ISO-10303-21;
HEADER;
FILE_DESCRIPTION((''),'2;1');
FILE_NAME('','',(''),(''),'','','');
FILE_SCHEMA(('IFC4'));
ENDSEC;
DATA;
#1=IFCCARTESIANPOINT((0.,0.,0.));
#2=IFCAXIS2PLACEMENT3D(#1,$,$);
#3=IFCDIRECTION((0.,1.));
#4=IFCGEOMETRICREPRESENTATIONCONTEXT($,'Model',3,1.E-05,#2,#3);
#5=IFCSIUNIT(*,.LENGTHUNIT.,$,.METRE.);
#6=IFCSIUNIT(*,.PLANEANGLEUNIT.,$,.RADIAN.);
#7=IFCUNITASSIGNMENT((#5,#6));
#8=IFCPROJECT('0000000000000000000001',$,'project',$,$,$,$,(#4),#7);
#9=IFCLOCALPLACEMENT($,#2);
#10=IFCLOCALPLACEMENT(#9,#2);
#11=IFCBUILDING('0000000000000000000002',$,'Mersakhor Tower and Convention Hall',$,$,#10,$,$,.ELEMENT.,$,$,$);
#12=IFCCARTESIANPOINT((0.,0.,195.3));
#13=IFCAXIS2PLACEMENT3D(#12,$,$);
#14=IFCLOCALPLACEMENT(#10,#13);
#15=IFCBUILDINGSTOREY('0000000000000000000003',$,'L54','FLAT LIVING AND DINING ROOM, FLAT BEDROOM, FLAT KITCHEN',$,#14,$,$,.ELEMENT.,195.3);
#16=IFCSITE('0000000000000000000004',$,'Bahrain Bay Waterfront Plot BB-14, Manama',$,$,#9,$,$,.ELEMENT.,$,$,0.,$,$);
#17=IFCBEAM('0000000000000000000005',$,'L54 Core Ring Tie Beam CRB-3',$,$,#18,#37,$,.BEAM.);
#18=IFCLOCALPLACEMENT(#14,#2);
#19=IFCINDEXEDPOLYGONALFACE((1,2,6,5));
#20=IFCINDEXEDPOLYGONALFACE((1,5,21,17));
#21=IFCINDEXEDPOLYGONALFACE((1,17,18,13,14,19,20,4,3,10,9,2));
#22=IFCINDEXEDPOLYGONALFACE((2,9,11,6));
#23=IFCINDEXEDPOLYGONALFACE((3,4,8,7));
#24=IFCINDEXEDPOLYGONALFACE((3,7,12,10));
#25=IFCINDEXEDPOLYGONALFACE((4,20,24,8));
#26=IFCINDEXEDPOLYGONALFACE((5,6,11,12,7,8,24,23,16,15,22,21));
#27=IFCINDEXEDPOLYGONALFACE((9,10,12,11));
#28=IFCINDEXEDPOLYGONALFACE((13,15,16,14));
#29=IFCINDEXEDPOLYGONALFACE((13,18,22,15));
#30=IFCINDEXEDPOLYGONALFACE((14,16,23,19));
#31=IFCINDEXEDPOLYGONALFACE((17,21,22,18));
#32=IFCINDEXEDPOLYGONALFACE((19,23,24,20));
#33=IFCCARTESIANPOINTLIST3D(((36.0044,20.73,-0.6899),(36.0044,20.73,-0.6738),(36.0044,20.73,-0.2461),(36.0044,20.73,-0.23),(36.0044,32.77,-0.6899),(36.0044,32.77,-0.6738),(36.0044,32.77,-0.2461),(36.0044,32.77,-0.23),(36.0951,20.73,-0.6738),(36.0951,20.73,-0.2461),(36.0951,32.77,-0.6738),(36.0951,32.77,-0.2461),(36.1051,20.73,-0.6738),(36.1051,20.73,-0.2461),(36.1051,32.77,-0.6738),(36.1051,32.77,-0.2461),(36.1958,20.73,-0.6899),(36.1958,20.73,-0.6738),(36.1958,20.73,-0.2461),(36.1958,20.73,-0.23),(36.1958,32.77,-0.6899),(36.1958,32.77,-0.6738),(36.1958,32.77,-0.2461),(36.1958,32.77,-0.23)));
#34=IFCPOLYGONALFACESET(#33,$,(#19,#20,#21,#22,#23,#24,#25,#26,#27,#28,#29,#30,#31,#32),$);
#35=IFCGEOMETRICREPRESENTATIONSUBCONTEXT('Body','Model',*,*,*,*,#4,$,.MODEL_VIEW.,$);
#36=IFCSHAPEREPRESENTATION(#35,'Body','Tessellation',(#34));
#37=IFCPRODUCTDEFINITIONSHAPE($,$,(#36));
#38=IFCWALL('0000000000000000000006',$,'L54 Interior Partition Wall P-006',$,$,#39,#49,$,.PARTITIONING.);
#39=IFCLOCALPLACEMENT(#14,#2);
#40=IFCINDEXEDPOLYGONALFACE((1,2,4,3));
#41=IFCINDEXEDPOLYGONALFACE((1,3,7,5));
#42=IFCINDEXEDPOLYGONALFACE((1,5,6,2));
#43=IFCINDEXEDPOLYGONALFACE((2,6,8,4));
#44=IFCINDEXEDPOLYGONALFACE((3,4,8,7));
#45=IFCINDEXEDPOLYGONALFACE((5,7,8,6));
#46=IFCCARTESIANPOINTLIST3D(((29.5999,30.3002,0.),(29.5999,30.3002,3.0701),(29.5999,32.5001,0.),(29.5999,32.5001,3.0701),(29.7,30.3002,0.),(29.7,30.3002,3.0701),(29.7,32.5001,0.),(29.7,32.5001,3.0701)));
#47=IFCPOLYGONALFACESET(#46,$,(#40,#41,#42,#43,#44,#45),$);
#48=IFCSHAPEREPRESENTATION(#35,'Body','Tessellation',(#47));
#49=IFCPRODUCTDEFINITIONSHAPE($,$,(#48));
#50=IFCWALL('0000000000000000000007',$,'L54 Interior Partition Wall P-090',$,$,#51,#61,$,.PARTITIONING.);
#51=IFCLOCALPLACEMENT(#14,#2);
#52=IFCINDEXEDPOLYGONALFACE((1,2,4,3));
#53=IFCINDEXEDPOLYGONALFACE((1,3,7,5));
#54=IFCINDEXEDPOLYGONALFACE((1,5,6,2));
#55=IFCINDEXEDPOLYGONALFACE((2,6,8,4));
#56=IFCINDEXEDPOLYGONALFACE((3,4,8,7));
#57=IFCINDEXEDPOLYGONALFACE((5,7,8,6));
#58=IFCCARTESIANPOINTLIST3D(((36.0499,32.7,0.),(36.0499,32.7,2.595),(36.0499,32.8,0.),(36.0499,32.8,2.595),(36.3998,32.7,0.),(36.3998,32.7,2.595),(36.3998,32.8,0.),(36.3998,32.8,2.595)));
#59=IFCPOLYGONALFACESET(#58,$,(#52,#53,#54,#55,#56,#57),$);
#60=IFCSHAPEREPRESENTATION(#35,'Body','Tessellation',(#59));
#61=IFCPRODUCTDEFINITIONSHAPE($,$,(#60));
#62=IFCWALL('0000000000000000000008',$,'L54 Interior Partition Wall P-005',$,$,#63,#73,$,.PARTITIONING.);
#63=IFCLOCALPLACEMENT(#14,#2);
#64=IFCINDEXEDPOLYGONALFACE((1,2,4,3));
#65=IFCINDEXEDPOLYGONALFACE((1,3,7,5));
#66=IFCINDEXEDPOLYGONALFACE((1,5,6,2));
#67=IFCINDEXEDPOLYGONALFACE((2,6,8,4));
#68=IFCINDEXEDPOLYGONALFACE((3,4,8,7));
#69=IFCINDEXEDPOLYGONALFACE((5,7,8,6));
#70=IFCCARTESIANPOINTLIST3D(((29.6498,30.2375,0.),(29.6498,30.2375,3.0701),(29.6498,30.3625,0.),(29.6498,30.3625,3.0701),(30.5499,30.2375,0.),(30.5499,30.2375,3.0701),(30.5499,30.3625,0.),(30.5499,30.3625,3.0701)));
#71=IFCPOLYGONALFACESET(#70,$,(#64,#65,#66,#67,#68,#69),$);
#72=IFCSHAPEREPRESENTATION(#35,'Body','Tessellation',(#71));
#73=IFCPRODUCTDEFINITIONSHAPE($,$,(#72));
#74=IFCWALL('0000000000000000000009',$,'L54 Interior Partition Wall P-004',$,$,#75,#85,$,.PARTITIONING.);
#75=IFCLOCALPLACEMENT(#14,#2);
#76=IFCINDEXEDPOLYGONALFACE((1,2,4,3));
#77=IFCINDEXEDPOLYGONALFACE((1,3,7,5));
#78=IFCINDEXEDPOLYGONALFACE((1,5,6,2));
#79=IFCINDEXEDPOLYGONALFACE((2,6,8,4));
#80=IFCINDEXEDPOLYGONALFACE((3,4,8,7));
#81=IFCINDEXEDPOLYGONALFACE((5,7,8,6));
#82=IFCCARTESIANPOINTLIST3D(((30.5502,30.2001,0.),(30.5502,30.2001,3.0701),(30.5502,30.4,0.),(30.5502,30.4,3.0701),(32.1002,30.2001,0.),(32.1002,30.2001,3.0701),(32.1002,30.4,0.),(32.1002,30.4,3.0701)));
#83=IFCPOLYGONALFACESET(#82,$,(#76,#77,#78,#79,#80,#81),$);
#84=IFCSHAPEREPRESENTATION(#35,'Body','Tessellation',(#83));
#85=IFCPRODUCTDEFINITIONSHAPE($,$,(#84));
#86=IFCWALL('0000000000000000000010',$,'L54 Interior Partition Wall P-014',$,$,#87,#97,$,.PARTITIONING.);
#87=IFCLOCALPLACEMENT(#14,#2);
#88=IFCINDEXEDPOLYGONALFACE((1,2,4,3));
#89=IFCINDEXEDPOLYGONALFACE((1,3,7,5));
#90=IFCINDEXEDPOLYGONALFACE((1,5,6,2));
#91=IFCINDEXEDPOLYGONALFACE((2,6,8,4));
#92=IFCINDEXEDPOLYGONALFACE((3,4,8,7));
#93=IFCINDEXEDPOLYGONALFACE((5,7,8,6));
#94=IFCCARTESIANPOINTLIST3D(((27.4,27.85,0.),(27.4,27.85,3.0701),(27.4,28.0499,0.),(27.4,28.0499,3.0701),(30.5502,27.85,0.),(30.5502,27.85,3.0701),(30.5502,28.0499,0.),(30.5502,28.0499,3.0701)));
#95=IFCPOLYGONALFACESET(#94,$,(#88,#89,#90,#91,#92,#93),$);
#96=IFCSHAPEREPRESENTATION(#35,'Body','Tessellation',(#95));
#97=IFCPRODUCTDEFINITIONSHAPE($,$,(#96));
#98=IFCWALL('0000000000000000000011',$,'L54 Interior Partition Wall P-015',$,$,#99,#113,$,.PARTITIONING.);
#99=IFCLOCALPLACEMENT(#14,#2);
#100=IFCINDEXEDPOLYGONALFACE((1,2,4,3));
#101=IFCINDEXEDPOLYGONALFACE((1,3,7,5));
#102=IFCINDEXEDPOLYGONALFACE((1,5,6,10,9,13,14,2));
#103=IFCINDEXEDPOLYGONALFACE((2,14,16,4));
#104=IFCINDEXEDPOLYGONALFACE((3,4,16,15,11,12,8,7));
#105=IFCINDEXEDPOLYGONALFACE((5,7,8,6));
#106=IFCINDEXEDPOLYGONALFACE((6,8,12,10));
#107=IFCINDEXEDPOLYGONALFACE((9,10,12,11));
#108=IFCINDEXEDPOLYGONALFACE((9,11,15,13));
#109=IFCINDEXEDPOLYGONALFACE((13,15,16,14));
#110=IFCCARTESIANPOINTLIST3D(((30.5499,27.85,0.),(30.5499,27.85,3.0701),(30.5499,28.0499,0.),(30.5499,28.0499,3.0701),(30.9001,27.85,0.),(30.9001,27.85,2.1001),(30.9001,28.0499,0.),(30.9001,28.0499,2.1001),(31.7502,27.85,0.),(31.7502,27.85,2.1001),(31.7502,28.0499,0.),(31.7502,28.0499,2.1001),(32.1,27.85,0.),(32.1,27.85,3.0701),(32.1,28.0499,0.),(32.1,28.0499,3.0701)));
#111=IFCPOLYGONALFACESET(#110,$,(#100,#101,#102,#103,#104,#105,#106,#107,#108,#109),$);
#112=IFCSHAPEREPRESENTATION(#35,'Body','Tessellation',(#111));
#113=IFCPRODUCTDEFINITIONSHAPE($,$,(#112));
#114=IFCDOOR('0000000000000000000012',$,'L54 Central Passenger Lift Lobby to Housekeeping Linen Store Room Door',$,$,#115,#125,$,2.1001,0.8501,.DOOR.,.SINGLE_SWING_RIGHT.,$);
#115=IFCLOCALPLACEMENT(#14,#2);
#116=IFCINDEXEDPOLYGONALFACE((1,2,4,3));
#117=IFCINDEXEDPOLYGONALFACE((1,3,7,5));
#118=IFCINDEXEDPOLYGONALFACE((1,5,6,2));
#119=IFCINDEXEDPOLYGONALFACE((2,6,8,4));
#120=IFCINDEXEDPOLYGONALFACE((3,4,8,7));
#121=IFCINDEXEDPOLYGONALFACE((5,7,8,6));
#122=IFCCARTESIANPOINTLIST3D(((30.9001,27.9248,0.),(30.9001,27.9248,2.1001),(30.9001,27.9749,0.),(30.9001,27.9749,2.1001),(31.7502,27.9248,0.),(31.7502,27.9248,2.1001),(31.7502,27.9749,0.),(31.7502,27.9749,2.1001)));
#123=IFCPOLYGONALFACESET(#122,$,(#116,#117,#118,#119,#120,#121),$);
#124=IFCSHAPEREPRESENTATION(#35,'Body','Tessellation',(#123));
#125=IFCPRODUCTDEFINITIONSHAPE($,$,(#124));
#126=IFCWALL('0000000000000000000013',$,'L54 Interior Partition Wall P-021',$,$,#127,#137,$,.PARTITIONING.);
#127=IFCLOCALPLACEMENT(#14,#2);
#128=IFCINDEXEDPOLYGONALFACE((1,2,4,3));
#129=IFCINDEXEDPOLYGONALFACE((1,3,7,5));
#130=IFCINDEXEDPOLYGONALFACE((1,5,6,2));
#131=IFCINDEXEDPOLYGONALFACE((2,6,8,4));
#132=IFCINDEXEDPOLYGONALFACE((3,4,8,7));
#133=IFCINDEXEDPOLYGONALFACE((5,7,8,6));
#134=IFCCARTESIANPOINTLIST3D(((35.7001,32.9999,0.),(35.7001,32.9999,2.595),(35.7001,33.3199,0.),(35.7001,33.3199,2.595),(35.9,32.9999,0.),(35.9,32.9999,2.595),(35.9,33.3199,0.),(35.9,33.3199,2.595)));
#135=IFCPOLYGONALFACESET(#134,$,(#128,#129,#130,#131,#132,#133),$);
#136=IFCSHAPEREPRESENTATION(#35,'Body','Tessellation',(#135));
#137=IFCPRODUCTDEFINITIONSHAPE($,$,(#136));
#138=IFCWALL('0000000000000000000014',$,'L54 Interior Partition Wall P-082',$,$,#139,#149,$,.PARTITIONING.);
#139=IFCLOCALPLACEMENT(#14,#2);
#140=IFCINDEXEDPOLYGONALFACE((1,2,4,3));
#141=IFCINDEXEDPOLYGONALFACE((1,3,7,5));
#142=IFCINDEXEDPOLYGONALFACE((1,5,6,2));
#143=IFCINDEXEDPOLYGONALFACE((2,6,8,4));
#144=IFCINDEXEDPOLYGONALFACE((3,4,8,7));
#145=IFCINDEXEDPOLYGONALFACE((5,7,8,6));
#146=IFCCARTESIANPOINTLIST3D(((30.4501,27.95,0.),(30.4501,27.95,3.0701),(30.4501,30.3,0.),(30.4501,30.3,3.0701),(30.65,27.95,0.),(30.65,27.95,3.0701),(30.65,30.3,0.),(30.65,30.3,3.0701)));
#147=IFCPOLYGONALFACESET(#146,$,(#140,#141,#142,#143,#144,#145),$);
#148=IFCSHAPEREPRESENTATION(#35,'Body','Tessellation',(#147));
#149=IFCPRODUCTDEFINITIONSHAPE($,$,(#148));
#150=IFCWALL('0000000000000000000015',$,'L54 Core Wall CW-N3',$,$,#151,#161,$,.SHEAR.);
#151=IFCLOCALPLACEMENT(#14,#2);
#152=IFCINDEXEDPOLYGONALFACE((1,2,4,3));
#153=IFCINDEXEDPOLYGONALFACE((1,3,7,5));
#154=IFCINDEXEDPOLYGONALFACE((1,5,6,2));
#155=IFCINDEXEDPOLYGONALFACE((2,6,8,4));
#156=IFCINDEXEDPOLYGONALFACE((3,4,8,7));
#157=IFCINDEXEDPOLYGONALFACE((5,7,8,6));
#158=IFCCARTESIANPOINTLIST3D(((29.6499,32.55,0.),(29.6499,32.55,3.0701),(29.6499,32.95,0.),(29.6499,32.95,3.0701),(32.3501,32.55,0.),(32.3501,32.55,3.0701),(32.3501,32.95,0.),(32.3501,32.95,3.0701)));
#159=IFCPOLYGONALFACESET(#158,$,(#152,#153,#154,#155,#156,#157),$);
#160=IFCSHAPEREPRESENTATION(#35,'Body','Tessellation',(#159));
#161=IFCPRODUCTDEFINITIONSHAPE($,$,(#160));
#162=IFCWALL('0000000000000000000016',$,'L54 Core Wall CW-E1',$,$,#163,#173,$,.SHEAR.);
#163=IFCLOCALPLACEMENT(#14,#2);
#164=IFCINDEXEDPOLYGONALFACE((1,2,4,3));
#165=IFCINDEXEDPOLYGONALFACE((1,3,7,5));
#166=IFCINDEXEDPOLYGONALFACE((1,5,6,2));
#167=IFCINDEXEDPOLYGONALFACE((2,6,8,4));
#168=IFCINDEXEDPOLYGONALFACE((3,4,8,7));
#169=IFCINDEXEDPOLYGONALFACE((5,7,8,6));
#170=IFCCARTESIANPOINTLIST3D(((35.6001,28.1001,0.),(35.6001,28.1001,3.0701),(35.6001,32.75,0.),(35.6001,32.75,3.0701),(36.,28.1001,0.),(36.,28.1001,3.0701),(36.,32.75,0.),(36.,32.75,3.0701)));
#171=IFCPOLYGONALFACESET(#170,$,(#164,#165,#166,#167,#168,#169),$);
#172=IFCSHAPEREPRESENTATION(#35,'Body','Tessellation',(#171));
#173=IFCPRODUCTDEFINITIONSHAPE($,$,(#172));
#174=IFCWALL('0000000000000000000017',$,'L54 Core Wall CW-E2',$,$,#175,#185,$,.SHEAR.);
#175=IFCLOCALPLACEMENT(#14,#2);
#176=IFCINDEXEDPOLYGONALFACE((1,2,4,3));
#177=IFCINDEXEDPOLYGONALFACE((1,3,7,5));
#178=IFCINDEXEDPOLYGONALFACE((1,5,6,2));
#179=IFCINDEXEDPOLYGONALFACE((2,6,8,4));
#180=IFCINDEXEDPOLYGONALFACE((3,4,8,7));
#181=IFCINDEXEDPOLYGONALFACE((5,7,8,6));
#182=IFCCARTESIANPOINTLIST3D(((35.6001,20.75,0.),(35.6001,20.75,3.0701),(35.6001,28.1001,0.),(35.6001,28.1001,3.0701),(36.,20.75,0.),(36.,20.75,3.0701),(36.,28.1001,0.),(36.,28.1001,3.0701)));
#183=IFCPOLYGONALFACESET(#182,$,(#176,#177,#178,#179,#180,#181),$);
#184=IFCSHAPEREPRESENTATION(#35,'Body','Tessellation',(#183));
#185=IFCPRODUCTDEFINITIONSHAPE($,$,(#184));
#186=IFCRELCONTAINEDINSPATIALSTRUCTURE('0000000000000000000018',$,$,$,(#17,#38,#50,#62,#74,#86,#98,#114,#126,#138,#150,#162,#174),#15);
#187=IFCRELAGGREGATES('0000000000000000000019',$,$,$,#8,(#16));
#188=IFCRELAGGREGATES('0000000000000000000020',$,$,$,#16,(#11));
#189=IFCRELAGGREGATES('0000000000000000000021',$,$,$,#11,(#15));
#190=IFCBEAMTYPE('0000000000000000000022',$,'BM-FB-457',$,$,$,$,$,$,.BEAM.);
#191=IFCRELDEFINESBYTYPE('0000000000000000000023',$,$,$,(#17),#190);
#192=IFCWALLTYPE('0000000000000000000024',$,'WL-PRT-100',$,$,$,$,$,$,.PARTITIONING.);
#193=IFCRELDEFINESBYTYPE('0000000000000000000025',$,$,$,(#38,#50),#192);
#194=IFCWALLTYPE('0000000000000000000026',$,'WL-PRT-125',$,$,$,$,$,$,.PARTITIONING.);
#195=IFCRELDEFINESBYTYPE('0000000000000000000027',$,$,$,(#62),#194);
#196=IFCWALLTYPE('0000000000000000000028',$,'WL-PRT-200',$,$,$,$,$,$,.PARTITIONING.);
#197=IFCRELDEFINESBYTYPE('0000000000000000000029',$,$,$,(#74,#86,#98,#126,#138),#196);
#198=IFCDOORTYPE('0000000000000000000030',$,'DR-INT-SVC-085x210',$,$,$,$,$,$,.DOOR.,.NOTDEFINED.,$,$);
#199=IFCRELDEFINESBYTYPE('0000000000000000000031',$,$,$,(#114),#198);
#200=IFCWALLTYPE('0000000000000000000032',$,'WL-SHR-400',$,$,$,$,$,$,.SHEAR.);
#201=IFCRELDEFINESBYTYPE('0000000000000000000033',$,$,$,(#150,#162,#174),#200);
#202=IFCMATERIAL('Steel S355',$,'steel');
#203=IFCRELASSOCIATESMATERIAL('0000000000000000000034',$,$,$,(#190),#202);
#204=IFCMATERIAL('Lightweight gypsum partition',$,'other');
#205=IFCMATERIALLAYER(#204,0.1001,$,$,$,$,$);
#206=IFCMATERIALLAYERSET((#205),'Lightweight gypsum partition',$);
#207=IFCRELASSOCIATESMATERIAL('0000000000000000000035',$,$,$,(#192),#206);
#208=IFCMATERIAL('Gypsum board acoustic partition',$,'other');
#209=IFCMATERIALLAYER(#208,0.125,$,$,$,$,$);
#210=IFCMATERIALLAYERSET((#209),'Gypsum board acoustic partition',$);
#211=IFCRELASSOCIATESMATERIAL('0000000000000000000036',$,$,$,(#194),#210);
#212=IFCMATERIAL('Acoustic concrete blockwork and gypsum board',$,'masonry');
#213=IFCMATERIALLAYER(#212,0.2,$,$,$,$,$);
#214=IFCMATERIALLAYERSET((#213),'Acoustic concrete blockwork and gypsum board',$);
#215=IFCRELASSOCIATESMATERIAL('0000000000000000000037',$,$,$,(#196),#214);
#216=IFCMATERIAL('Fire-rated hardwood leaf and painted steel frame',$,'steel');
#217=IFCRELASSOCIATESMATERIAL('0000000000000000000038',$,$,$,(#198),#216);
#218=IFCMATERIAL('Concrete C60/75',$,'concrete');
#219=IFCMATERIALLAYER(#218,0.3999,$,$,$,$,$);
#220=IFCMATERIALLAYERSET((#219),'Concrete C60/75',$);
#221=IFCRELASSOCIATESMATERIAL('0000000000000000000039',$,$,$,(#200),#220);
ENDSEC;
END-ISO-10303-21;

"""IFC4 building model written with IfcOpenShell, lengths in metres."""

from ifc_helpers import new_model, si_unit, direction, frame, frame_2d, origin, origin_2d, place, context, subcontext, project, spatial, rectangle, i_section, extrude, material, layer, layer_set, material_profile, profile_set, type_object, element, fill, save


model = new_model("IFC4")

# Units and contexts
model_context = context("Model", 3, precision=1e-05, world=origin(), true_north=direction((0.0, 1.0)))
body_context = subcontext(model_context, "Body", "Model", "MODEL_VIEW")
ifc_project = project(units=[si_unit("LENGTHUNIT", "METRE"), si_unit("PLANEANGLEUNIT", "RADIAN")], contexts=[model_context])

# Site, building, storey
site_placement = place(None, origin())
site = spatial("IfcSite", under=ifc_project, at=site_placement, Name="Bahrain Bay Waterfront Plot BB-14, Manama", CompositionType="ELEMENT", RefElevation=0.0)
building_placement = place(site_placement, origin())
building = spatial("IfcBuilding", under=site, at=building_placement, Name="Mersakhor Tower and Convention Hall", CompositionType="ELEMENT")
storey_placement = place(building_placement, frame((0.0, 0.0, 195.3)))
storey = spatial("IfcBuildingStorey", under=building, at=storey_placement, Name="L54", Description="FLAT LIVING AND DINING ROOM, FLAT BEDROOM, FLAT KITCHEN", CompositionType="ELEMENT", Elevation=195.3)

# Beam
ifc_material_1 = material(Name="Steel S355", Category="steel")
ifc_material_profile = material_profile(ifc_material_1, i_section(OverallWidth=0.1914, OverallDepth=0.46, WebThickness=0.01, FlangeThickness=0.0161, at=origin_2d()), Name="UB 457x191x82")
ifc_profile_set = profile_set([ifc_material_profile], Name="Steel S355")
beam_type = type_object("IfcBeamType", Name="BM-FB-457", PredefinedType="BEAM", material=ifc_profile_set)
beam_placement = place(storey_placement, frame((36.1001, 32.77, -0.46), z_axis=(0.0, -1.0, 0.0), x_axis=(1.0, 0.0, 0.0)))
element("IfcBeam", 1, at=beam_placement, inside=storey, type_object=beam_type, Name="L54 Core Ring Tie Beam CRB-3", PredefinedType="BEAM", context=body_context, shape_type="SweptSolid", body=[
    extrude(i_section(OverallWidth=0.1914, OverallDepth=0.46, WebThickness=0.01, FlangeThickness=0.0161, at=origin_2d()), origin(), (0.0, 0.0, 1.0), 12.04),
])

# Walls
ifc_material_2 = material(Name="Lightweight gypsum partition", Category="other")
ifc_layer_1 = layer(ifc_material_2, 0.1001)
ifc_layer_set_1 = layer_set([ifc_layer_1], Name="Lightweight gypsum partition")
wall_type_1 = type_object("IfcWallType", Name="WL-PRT-100", PredefinedType="PARTITIONING", material=ifc_layer_set_1)
wall_1_placement = place(storey_placement, frame((29.6499, 30.3, 0.0), z_axis=(0.0, 0.0, 1.0), x_axis=(0.0, 1.0, 0.0)))
element("IfcWall", 2, at=wall_1_placement, inside=storey, type_object=wall_type_1, Name="L54 Interior Partition Wall P-006", PredefinedType="PARTITIONING", context=body_context, shape_type="SweptSolid", body=[
    extrude(rectangle(XDim=2.2, YDim=0.1001, at=frame_2d((1.1001, 0.0))), origin(), (0.0, 0.0, 1.0), 3.0701),
])
wall_2_placement = place(storey_placement, frame((36.05, 32.75, 0.0), z_axis=(0.0, 0.0, 1.0), x_axis=(1.0, 0.0, 0.0)))
element("IfcWall", 3, at=wall_2_placement, inside=storey, type_object=wall_type_1, Name="L54 Interior Partition Wall P-090", PredefinedType="PARTITIONING", context=body_context, shape_type="SweptSolid", body=[
    extrude(rectangle(XDim=0.3499, YDim=0.1001, at=frame_2d((0.1748, 0.0))), origin(), (0.0, 0.0, 1.0), 2.595),
])
ifc_material_3 = material(Name="Gypsum board acoustic partition", Category="other")
ifc_layer_2 = layer(ifc_material_3, 0.125)
ifc_layer_set_2 = layer_set([ifc_layer_2], Name="Gypsum board acoustic partition")
wall_type_2 = type_object("IfcWallType", Name="WL-PRT-125", PredefinedType="PARTITIONING", material=ifc_layer_set_2)
wall_3_placement = place(storey_placement, frame((30.55, 30.3, 0.0), z_axis=(0.0, 0.0, 1.0), x_axis=(-1.0, 0.0, 0.0)))
element("IfcWall", 4, at=wall_3_placement, inside=storey, type_object=wall_type_2, Name="L54 Interior Partition Wall P-005", PredefinedType="PARTITIONING", context=body_context, shape_type="SweptSolid", body=[
    extrude(rectangle(XDim=0.9001, YDim=0.125, at=frame_2d((0.4502, 0.0))), origin(), (0.0, 0.0, 1.0), 3.0701),
])
ifc_material_4 = material(Name="Acoustic concrete blockwork and gypsum board", Category="masonry")
ifc_layer_3 = layer(ifc_material_4, 0.2)
ifc_layer_set_3 = layer_set([ifc_layer_3], Name="Acoustic concrete blockwork and gypsum board")
wall_type_3 = type_object("IfcWallType", Name="WL-PRT-200", PredefinedType="PARTITIONING", material=ifc_layer_set_3)
wall_4_placement = place(storey_placement, frame((32.1001, 30.3, 0.0), z_axis=(0.0, 0.0, 1.0), x_axis=(-1.0, 0.0, 0.0)))
element("IfcWall", 5, at=wall_4_placement, inside=storey, type_object=wall_type_3, Name="L54 Interior Partition Wall P-004", PredefinedType="PARTITIONING", context=body_context, shape_type="SweptSolid", body=[
    extrude(rectangle(XDim=1.55, YDim=0.2, at=frame_2d((0.7749, 0.0))), origin(), (0.0, 0.0, 1.0), 3.0701),
])

# Wall
wall_5_placement = place(storey_placement, frame((27.3999, 27.95, 0.0), z_axis=(0.0, 0.0, 1.0), x_axis=(1.0, 0.0, 0.0)))
element("IfcWall", 6, at=wall_5_placement, inside=storey, type_object=wall_type_3, Name="L54 Interior Partition Wall P-014", PredefinedType="PARTITIONING", context=body_context, shape_type="SweptSolid", body=[
    extrude(rectangle(XDim=3.1501, YDim=0.2, at=frame_2d((1.5752, 0.0))), origin(), (0.0, 0.0, 1.0), 3.0701),
])

# Wall, opening, door
wall_6_placement = place(storey_placement, frame((30.55, 27.95, 0.0), z_axis=(0.0, 0.0, 1.0), x_axis=(1.0, 0.0, 0.0)))
wall_6 = element("IfcWall", 7, at=wall_6_placement, inside=storey, type_object=wall_type_3, Name="L54 Interior Partition Wall P-015", PredefinedType="PARTITIONING", context=body_context, shape_type="SweptSolid", body=[
    extrude(rectangle(XDim=1.55, YDim=0.2, at=frame_2d((0.7749, 0.0))), origin(), (0.0, 0.0, 1.0), 3.0701),
])
opening_1_placement = place(wall_6_placement, frame((0.3501, 0.0, 0.0)))
opening_1 = element("IfcOpeningElement", 8, at=opening_1_placement, cuts=wall_6, PredefinedType="OPENING", context=body_context, shape_type="SweptSolid", body=[
    extrude(rectangle(XDim=0.8501, YDim=2.1001, at=frame_2d((0.425, 1.05))), frame((0.0, 0.1099, 0.0), z_axis=(0.0, -1.0, 0.0), x_axis=(1.0, 0.0, 0.0)), (0.0, 0.0, 1.0), 0.22),
])
ifc_material_5 = material(Name="Fire-rated hardwood leaf and painted steel frame", Category="steel")
door_type_1 = type_object("IfcDoorType", Name="DR-INT-SVC-085x210", OperationType="NOTDEFINED", PredefinedType="DOOR", material=ifc_material_5)
door_1_placement = place(opening_1_placement, origin())
door_1 = element("IfcDoor", 9, at=door_1_placement, inside=storey, type_object=door_type_1, Name="L54 Central Passenger Lift Lobby to Housekeeping Linen Store Room Door", OperationType="SINGLE_SWING_RIGHT", OverallHeight=2.1001, OverallWidth=0.8501, PredefinedType="DOOR", context=body_context, shape_type="SweptSolid", body=[
    extrude(rectangle(XDim=0.8501, YDim=2.1001, at=frame_2d((0.425, 1.05))), frame((0.0, 0.0249, 0.0), z_axis=(0.0, -1.0, 0.0), x_axis=(1.0, 0.0, 0.0)), (0.0, 0.0, 1.0), 0.05),
])
fill(opening_1, door_1)

# Walls
wall_7_placement = place(storey_placement, frame((35.8, 33.3201, 0.0), z_axis=(0.0, 0.0, 1.0), x_axis=(0.0, -1.0, 0.0)))
element("IfcWall", 10, at=wall_7_placement, inside=storey, type_object=wall_type_3, Name="L54 Interior Partition Wall P-021", PredefinedType="PARTITIONING", context=body_context, shape_type="SweptSolid", body=[
    extrude(rectangle(XDim=0.3201, YDim=0.2, at=frame_2d((0.1602, 0.0))), origin(), (0.0, 0.0, 1.0), 2.595),
])
wall_8_placement = place(storey_placement, frame((30.55, 30.3, 0.0), z_axis=(0.0, 0.0, 1.0), x_axis=(0.0, -1.0, 0.0)))
element("IfcWall", 11, at=wall_8_placement, inside=storey, type_object=wall_type_3, Name="L54 Interior Partition Wall P-082", PredefinedType="PARTITIONING", context=body_context, shape_type="SweptSolid", body=[
    extrude(rectangle(XDim=2.3501, YDim=0.2, at=frame_2d((1.175, 0.0))), origin(), (0.0, 0.0, 1.0), 3.0701),
])

# Shared definitions
ifc_material_6 = material(Name="Concrete C60/75", Category="concrete")
ifc_layer_4 = layer(ifc_material_6, 0.3999)
ifc_layer_set_4 = layer_set([ifc_layer_4], Name="Concrete C60/75")
wall_type_4 = type_object("IfcWallType", Name="WL-SHR-400", PredefinedType="SHEAR", material=ifc_layer_set_4)

# Wall
wall_9_placement = place(storey_placement, frame((29.6499, 32.75, 0.0), z_axis=(0.0, 0.0, 1.0), x_axis=(1.0, 0.0, 0.0)))
element("IfcWall", 12, at=wall_9_placement, inside=storey, type_object=wall_type_4, Name="L54 Core Wall CW-N3", PredefinedType="SHEAR", context=body_context, shape_type="SweptSolid", body=[
    extrude(rectangle(XDim=2.7002, YDim=0.3999, at=frame_2d((1.3501, 0.0))), origin(), (0.0, 0.0, 1.0), 3.0701),
])

# Walls
wall_10_placement = place(storey_placement, frame((35.8, 32.75, 0.0), z_axis=(0.0, 0.0, 1.0), x_axis=(0.0, -1.0, 0.0)))
element("IfcWall", 13, at=wall_10_placement, inside=storey, type_object=wall_type_4, Name="L54 Core Wall CW-E1", PredefinedType="SHEAR", context=body_context, shape_type="SweptSolid", body=[
    extrude(rectangle(XDim=4.6499, YDim=0.3999, at=frame_2d((2.325, 0.0))), origin(), (0.0, 0.0, 1.0), 3.0701),
])
wall_11_placement = place(storey_placement, frame((35.8, 28.1001, 0.0), z_axis=(0.0, 0.0, 1.0), x_axis=(0.0, -1.0, 0.0)))
element("IfcWall", 14, at=wall_11_placement, inside=storey, type_object=wall_type_4, Name="L54 Core Wall CW-E2", PredefinedType="SHEAR", context=body_context, shape_type="SweptSolid", body=[
    extrude(rectangle(XDim=7.3501, YDim=0.3999, at=frame_2d((3.675, 0.0))), origin(), (0.0, 0.0, 1.0), 3.0701),
])

save(model, "model.ifc")
